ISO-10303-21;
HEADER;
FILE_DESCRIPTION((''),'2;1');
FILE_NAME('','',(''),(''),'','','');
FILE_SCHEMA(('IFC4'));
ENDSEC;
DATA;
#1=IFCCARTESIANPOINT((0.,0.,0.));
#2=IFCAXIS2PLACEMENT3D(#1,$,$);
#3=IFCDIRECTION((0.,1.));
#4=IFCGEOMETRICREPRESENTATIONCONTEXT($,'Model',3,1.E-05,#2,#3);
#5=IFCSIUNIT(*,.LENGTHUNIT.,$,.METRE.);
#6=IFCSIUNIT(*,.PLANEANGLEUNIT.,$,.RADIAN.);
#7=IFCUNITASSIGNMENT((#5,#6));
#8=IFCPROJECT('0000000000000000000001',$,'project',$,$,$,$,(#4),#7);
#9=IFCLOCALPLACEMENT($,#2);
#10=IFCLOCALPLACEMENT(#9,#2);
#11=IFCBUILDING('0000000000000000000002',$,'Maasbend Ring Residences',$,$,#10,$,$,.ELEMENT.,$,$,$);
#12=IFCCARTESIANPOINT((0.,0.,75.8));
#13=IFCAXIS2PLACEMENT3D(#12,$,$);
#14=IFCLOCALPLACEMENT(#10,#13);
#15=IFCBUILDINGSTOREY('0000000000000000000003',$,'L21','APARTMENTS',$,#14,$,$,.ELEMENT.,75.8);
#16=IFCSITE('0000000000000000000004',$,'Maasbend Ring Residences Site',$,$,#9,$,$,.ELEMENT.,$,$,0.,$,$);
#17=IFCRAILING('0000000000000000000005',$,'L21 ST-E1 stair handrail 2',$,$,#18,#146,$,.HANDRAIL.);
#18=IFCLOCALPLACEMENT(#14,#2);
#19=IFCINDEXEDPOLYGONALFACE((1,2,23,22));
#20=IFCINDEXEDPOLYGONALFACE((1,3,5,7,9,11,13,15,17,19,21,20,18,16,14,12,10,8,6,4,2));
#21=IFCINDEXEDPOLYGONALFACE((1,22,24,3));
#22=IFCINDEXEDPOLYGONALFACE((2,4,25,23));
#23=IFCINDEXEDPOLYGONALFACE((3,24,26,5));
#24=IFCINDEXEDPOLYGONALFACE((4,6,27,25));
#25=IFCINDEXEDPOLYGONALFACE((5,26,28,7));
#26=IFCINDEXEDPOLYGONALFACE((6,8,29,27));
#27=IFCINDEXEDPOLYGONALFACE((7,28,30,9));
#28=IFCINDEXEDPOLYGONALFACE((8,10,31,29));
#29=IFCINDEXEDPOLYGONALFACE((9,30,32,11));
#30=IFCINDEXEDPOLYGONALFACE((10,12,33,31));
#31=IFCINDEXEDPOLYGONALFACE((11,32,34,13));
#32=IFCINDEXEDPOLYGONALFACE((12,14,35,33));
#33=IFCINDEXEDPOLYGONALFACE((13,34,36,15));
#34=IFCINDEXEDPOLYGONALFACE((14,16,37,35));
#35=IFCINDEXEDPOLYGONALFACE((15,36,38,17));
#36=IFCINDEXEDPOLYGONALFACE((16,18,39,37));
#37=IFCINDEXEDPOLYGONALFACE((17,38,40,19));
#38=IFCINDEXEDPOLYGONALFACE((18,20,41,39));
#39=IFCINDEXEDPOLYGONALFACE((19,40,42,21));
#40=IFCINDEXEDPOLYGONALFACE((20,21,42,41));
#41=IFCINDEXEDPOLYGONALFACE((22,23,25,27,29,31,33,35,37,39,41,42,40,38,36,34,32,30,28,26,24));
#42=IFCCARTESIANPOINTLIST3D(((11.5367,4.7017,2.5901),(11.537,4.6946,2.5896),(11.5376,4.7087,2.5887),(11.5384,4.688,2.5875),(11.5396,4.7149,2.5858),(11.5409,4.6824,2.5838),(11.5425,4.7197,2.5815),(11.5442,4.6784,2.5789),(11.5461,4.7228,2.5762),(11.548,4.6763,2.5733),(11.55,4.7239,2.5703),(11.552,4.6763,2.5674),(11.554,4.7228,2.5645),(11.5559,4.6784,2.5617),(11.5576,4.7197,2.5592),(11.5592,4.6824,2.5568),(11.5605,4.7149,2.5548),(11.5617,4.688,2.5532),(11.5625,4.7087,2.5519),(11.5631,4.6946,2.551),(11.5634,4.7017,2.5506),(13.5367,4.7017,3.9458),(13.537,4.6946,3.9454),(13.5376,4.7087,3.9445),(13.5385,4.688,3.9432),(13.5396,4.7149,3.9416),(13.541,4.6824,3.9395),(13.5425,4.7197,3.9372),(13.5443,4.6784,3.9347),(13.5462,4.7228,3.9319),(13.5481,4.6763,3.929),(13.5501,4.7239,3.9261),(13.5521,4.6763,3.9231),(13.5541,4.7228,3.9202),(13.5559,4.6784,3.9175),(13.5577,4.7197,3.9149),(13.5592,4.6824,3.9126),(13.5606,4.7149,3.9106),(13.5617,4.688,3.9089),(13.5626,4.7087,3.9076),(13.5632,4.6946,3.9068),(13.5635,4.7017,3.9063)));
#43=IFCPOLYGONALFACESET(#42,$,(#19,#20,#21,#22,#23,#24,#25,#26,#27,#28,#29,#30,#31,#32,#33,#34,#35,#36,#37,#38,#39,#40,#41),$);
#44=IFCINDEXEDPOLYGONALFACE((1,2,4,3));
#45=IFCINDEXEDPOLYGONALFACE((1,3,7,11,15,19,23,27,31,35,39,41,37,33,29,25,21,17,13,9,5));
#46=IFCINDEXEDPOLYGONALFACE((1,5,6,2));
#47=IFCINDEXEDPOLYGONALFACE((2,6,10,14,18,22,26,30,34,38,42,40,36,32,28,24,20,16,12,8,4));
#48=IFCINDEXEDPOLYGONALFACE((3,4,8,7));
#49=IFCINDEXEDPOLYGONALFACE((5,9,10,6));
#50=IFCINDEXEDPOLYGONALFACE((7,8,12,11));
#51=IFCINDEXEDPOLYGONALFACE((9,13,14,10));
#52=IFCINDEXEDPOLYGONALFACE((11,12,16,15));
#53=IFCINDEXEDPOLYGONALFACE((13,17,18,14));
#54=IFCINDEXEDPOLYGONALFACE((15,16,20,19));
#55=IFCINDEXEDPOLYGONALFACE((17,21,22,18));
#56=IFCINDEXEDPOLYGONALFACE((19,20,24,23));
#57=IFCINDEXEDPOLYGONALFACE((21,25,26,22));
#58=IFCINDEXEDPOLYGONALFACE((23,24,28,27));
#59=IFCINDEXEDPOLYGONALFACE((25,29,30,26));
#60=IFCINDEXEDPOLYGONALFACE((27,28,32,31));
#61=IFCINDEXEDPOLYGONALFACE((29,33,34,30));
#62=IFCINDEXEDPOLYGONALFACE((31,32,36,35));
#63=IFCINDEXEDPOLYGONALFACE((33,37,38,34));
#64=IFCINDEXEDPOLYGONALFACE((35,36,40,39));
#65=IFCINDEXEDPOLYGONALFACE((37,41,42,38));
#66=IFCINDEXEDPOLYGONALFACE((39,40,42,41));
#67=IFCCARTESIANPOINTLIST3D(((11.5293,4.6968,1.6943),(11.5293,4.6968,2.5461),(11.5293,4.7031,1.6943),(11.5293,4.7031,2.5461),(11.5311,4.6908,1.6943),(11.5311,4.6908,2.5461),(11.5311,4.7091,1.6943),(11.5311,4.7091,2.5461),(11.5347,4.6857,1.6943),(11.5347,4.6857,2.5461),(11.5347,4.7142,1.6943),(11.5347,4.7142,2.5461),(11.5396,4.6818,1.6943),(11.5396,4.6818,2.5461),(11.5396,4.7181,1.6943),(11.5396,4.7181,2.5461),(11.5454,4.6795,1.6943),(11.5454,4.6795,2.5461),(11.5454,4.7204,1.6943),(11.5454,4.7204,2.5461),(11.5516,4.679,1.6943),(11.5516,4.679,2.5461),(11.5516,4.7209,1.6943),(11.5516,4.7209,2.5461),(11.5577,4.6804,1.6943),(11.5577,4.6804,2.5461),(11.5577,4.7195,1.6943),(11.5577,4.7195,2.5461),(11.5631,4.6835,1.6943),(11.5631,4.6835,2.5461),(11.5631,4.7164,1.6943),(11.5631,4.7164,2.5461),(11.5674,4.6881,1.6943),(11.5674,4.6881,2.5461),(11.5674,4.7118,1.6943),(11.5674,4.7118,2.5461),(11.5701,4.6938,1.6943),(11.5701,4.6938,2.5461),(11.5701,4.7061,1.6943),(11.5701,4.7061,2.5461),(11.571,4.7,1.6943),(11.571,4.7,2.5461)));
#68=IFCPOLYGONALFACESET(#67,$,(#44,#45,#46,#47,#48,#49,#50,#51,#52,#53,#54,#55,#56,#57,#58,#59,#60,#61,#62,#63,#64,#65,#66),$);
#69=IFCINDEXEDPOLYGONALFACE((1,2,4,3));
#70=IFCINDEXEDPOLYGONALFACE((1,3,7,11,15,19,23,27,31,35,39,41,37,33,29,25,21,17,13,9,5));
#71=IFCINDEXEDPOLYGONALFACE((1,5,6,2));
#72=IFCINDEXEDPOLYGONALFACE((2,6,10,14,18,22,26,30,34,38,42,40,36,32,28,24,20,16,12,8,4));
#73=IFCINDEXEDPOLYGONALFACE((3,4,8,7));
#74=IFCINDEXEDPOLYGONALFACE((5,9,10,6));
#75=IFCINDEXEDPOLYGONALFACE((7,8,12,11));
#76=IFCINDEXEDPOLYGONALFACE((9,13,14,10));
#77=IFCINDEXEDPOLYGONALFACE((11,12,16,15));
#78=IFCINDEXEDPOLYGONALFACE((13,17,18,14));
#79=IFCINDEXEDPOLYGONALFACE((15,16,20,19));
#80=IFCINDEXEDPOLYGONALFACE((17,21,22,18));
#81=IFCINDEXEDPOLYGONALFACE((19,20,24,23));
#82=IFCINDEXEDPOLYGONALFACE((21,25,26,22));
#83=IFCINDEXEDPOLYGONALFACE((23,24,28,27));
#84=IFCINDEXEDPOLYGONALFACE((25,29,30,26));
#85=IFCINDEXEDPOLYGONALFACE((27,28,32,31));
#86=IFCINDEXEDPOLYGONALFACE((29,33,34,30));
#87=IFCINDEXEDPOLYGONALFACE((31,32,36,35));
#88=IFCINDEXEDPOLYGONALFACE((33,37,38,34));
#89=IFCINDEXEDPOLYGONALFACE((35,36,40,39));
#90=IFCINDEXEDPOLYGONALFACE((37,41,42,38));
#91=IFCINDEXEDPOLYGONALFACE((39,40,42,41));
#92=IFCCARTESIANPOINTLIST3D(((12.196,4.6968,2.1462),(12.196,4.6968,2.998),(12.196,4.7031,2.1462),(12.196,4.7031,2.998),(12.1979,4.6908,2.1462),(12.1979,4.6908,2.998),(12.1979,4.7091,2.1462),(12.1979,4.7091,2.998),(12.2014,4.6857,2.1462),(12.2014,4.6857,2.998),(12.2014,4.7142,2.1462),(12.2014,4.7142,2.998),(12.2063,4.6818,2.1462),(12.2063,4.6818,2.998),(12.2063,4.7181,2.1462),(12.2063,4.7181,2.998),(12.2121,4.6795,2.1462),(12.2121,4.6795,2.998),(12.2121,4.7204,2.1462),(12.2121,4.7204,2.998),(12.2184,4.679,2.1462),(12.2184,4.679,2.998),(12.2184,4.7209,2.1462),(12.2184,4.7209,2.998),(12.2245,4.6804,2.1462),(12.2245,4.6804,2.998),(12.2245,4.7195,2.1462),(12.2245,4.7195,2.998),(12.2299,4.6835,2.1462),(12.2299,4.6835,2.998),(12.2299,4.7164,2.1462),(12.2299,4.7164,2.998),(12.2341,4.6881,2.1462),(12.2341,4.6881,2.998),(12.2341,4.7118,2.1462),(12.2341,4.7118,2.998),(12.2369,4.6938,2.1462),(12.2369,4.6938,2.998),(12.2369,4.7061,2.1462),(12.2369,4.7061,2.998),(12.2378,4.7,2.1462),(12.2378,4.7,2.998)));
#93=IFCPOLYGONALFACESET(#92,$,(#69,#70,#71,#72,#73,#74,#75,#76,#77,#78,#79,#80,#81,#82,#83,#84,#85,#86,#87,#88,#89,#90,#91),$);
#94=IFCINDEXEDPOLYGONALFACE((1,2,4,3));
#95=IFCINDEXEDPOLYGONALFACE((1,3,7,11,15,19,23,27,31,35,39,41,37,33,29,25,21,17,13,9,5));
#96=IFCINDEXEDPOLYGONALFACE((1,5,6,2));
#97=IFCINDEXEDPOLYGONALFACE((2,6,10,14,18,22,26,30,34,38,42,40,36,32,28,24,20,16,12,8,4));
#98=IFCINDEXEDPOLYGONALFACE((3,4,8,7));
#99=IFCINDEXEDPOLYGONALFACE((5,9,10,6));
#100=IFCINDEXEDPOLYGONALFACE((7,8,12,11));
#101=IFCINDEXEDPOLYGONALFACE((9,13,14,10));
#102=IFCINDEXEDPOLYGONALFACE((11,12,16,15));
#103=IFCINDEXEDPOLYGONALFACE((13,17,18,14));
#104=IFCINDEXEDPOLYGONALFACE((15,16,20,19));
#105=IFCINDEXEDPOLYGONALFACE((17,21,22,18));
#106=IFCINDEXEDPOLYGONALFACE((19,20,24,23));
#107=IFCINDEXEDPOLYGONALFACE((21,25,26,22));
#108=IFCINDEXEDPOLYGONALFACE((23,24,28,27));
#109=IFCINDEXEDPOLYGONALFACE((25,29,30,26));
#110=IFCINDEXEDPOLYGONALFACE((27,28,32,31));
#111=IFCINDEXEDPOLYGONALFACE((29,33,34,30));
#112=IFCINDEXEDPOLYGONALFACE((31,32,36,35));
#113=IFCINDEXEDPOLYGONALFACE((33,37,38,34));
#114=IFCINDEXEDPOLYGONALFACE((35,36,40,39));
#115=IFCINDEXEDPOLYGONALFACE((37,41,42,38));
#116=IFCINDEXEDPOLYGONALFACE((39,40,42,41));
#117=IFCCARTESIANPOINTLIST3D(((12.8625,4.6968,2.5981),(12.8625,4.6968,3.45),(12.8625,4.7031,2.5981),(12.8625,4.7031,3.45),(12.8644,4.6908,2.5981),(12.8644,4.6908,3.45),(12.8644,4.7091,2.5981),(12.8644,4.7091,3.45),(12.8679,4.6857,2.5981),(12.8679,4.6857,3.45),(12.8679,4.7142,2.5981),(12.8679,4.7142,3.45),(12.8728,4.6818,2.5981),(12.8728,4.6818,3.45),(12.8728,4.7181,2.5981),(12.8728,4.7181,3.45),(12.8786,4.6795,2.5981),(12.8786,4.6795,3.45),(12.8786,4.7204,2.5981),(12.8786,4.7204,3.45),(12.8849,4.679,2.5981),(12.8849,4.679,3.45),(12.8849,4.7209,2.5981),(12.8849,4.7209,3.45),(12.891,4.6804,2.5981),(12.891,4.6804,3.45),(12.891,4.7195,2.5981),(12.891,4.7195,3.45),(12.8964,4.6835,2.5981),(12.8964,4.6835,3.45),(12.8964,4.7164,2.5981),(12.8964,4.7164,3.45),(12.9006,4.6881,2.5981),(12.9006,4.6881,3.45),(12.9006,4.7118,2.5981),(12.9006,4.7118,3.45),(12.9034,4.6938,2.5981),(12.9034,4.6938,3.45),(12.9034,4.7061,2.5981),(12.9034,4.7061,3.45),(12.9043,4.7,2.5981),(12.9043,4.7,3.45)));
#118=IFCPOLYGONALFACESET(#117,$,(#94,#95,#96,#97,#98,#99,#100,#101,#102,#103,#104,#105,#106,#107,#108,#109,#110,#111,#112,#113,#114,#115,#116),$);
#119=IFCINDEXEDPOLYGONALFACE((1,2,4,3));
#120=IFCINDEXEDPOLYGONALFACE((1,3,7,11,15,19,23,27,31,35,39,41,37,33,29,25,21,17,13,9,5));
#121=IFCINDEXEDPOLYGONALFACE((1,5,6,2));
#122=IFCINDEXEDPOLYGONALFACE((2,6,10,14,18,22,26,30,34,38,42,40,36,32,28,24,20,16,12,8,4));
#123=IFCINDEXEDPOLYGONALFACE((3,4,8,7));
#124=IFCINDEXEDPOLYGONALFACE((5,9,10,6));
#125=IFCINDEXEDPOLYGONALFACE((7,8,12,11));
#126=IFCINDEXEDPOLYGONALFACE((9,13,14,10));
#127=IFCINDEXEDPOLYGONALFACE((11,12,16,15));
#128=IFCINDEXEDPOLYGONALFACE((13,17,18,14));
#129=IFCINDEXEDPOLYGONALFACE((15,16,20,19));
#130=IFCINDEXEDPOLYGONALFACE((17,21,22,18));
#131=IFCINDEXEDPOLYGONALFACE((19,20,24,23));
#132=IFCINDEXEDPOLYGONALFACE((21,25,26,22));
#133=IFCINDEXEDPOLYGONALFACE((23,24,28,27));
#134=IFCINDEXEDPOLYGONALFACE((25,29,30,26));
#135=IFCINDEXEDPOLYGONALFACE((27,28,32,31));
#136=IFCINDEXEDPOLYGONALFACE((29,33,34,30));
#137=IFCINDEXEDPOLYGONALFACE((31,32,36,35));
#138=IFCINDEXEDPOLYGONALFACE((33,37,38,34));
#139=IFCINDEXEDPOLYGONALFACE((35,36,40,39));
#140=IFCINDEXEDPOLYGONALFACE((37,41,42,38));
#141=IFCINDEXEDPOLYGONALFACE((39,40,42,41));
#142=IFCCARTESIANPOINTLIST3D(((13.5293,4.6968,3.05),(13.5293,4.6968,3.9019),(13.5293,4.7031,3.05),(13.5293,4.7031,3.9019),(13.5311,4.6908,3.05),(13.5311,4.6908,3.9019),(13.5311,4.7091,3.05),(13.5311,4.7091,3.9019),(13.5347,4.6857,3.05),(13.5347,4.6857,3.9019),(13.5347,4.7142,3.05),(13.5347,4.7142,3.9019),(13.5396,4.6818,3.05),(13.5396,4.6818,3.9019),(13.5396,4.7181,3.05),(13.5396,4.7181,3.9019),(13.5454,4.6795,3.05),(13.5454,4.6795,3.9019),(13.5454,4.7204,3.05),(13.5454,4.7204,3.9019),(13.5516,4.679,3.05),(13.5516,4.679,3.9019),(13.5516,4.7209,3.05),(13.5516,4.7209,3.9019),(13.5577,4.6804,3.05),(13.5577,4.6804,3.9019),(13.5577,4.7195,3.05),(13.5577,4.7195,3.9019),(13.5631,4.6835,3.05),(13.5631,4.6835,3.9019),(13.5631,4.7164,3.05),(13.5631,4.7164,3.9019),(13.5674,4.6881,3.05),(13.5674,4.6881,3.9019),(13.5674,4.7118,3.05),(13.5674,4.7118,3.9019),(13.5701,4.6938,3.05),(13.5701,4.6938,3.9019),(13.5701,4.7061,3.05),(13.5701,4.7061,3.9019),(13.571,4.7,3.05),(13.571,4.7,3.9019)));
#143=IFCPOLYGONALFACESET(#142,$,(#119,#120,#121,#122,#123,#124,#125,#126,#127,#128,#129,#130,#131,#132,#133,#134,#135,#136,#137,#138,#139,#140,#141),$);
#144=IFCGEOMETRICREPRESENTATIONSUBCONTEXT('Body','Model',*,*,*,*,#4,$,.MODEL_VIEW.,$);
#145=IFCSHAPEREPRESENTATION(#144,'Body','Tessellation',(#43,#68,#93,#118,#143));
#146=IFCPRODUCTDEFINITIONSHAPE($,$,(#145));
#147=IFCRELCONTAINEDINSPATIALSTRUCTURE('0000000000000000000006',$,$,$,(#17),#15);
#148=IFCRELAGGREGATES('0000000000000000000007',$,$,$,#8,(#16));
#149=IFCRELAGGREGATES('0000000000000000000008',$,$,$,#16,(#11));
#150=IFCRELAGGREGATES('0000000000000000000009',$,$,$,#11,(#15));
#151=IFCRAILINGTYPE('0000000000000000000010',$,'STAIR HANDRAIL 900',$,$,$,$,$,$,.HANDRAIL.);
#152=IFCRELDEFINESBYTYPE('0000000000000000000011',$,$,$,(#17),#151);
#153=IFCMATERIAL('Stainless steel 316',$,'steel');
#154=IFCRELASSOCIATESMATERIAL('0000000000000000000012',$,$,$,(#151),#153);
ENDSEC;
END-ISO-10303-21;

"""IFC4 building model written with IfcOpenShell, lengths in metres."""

from ifc_helpers import new_model, si_unit, direction, frame, origin, origin_2d, place, context, subcontext, project, spatial, circle, extrude, material, type_object, element, save


model = new_model("IFC4")

# Units and contexts
model_context = context("Model", 3, precision=1e-05, world=origin(), true_north=direction((0.0, 1.0)))
body_context = subcontext(model_context, "Body", "Model", "MODEL_VIEW")
ifc_project = project(units=[si_unit("LENGTHUNIT", "METRE"), si_unit("PLANEANGLEUNIT", "RADIAN")], contexts=[model_context])

# Site, building, storey
site_placement = place(None, origin())
site = spatial("IfcSite", under=ifc_project, at=site_placement, Name="Maasbend Ring Residences Site", CompositionType="ELEMENT", RefElevation=0.0)
building_placement = place(site_placement, origin())
building = spatial("IfcBuilding", under=site, at=building_placement, Name="Maasbend Ring Residences", CompositionType="ELEMENT")
storey_placement = place(building_placement, frame((0.0, 0.0, 75.8)))
storey = spatial("IfcBuildingStorey", under=building, at=storey_placement, Name="L21", Description="APARTMENTS", CompositionType="ELEMENT", Elevation=75.8)

# Railing
ifc_material_1 = material(Name="Stainless steel 316", Category="steel")
railing_type_1 = type_object("IfcRailingType", Name="STAIR HANDRAIL 900", PredefinedType="HANDRAIL", material=ifc_material_1)
railing_1_placement = place(storey_placement, frame((11.55, 4.7, 1.6943)))
element("IfcRailing", 1, at=railing_1_placement, inside=storey, type_object=railing_type_1, Name="L21 ST-E1 stair handrail 2", PredefinedType="HANDRAIL", context=body_context, shape_type="SweptSolid", body=[
    extrude(circle(Radius=0.0239, at=origin_2d()), frame((0.0, 0.0, 0.876), z_axis=(0.827751, 0.0, 0.561096), x_axis=(0.0, 1.0, 0.0)), (0.0, 0.0, 1.0), 2.4163),
    extrude(circle(Radius=0.021, at=origin_2d()), origin(), (0.0, 0.0, 1.0), 0.8518),
    extrude(circle(Radius=0.021, at=origin_2d()), frame((0.6667, 0.0, 0.4519)), (0.0, 0.0, 1.0), 0.8518),
    extrude(circle(Radius=0.021, at=origin_2d()), frame((1.3333, 0.0, 0.9038)), (0.0, 0.0, 1.0), 0.8518),
    extrude(circle(Radius=0.021, at=origin_2d()), frame((2.0, 0.0, 1.3557)), (0.0, 0.0, 1.0), 0.8518),
])

save(model, "model.ifc")
